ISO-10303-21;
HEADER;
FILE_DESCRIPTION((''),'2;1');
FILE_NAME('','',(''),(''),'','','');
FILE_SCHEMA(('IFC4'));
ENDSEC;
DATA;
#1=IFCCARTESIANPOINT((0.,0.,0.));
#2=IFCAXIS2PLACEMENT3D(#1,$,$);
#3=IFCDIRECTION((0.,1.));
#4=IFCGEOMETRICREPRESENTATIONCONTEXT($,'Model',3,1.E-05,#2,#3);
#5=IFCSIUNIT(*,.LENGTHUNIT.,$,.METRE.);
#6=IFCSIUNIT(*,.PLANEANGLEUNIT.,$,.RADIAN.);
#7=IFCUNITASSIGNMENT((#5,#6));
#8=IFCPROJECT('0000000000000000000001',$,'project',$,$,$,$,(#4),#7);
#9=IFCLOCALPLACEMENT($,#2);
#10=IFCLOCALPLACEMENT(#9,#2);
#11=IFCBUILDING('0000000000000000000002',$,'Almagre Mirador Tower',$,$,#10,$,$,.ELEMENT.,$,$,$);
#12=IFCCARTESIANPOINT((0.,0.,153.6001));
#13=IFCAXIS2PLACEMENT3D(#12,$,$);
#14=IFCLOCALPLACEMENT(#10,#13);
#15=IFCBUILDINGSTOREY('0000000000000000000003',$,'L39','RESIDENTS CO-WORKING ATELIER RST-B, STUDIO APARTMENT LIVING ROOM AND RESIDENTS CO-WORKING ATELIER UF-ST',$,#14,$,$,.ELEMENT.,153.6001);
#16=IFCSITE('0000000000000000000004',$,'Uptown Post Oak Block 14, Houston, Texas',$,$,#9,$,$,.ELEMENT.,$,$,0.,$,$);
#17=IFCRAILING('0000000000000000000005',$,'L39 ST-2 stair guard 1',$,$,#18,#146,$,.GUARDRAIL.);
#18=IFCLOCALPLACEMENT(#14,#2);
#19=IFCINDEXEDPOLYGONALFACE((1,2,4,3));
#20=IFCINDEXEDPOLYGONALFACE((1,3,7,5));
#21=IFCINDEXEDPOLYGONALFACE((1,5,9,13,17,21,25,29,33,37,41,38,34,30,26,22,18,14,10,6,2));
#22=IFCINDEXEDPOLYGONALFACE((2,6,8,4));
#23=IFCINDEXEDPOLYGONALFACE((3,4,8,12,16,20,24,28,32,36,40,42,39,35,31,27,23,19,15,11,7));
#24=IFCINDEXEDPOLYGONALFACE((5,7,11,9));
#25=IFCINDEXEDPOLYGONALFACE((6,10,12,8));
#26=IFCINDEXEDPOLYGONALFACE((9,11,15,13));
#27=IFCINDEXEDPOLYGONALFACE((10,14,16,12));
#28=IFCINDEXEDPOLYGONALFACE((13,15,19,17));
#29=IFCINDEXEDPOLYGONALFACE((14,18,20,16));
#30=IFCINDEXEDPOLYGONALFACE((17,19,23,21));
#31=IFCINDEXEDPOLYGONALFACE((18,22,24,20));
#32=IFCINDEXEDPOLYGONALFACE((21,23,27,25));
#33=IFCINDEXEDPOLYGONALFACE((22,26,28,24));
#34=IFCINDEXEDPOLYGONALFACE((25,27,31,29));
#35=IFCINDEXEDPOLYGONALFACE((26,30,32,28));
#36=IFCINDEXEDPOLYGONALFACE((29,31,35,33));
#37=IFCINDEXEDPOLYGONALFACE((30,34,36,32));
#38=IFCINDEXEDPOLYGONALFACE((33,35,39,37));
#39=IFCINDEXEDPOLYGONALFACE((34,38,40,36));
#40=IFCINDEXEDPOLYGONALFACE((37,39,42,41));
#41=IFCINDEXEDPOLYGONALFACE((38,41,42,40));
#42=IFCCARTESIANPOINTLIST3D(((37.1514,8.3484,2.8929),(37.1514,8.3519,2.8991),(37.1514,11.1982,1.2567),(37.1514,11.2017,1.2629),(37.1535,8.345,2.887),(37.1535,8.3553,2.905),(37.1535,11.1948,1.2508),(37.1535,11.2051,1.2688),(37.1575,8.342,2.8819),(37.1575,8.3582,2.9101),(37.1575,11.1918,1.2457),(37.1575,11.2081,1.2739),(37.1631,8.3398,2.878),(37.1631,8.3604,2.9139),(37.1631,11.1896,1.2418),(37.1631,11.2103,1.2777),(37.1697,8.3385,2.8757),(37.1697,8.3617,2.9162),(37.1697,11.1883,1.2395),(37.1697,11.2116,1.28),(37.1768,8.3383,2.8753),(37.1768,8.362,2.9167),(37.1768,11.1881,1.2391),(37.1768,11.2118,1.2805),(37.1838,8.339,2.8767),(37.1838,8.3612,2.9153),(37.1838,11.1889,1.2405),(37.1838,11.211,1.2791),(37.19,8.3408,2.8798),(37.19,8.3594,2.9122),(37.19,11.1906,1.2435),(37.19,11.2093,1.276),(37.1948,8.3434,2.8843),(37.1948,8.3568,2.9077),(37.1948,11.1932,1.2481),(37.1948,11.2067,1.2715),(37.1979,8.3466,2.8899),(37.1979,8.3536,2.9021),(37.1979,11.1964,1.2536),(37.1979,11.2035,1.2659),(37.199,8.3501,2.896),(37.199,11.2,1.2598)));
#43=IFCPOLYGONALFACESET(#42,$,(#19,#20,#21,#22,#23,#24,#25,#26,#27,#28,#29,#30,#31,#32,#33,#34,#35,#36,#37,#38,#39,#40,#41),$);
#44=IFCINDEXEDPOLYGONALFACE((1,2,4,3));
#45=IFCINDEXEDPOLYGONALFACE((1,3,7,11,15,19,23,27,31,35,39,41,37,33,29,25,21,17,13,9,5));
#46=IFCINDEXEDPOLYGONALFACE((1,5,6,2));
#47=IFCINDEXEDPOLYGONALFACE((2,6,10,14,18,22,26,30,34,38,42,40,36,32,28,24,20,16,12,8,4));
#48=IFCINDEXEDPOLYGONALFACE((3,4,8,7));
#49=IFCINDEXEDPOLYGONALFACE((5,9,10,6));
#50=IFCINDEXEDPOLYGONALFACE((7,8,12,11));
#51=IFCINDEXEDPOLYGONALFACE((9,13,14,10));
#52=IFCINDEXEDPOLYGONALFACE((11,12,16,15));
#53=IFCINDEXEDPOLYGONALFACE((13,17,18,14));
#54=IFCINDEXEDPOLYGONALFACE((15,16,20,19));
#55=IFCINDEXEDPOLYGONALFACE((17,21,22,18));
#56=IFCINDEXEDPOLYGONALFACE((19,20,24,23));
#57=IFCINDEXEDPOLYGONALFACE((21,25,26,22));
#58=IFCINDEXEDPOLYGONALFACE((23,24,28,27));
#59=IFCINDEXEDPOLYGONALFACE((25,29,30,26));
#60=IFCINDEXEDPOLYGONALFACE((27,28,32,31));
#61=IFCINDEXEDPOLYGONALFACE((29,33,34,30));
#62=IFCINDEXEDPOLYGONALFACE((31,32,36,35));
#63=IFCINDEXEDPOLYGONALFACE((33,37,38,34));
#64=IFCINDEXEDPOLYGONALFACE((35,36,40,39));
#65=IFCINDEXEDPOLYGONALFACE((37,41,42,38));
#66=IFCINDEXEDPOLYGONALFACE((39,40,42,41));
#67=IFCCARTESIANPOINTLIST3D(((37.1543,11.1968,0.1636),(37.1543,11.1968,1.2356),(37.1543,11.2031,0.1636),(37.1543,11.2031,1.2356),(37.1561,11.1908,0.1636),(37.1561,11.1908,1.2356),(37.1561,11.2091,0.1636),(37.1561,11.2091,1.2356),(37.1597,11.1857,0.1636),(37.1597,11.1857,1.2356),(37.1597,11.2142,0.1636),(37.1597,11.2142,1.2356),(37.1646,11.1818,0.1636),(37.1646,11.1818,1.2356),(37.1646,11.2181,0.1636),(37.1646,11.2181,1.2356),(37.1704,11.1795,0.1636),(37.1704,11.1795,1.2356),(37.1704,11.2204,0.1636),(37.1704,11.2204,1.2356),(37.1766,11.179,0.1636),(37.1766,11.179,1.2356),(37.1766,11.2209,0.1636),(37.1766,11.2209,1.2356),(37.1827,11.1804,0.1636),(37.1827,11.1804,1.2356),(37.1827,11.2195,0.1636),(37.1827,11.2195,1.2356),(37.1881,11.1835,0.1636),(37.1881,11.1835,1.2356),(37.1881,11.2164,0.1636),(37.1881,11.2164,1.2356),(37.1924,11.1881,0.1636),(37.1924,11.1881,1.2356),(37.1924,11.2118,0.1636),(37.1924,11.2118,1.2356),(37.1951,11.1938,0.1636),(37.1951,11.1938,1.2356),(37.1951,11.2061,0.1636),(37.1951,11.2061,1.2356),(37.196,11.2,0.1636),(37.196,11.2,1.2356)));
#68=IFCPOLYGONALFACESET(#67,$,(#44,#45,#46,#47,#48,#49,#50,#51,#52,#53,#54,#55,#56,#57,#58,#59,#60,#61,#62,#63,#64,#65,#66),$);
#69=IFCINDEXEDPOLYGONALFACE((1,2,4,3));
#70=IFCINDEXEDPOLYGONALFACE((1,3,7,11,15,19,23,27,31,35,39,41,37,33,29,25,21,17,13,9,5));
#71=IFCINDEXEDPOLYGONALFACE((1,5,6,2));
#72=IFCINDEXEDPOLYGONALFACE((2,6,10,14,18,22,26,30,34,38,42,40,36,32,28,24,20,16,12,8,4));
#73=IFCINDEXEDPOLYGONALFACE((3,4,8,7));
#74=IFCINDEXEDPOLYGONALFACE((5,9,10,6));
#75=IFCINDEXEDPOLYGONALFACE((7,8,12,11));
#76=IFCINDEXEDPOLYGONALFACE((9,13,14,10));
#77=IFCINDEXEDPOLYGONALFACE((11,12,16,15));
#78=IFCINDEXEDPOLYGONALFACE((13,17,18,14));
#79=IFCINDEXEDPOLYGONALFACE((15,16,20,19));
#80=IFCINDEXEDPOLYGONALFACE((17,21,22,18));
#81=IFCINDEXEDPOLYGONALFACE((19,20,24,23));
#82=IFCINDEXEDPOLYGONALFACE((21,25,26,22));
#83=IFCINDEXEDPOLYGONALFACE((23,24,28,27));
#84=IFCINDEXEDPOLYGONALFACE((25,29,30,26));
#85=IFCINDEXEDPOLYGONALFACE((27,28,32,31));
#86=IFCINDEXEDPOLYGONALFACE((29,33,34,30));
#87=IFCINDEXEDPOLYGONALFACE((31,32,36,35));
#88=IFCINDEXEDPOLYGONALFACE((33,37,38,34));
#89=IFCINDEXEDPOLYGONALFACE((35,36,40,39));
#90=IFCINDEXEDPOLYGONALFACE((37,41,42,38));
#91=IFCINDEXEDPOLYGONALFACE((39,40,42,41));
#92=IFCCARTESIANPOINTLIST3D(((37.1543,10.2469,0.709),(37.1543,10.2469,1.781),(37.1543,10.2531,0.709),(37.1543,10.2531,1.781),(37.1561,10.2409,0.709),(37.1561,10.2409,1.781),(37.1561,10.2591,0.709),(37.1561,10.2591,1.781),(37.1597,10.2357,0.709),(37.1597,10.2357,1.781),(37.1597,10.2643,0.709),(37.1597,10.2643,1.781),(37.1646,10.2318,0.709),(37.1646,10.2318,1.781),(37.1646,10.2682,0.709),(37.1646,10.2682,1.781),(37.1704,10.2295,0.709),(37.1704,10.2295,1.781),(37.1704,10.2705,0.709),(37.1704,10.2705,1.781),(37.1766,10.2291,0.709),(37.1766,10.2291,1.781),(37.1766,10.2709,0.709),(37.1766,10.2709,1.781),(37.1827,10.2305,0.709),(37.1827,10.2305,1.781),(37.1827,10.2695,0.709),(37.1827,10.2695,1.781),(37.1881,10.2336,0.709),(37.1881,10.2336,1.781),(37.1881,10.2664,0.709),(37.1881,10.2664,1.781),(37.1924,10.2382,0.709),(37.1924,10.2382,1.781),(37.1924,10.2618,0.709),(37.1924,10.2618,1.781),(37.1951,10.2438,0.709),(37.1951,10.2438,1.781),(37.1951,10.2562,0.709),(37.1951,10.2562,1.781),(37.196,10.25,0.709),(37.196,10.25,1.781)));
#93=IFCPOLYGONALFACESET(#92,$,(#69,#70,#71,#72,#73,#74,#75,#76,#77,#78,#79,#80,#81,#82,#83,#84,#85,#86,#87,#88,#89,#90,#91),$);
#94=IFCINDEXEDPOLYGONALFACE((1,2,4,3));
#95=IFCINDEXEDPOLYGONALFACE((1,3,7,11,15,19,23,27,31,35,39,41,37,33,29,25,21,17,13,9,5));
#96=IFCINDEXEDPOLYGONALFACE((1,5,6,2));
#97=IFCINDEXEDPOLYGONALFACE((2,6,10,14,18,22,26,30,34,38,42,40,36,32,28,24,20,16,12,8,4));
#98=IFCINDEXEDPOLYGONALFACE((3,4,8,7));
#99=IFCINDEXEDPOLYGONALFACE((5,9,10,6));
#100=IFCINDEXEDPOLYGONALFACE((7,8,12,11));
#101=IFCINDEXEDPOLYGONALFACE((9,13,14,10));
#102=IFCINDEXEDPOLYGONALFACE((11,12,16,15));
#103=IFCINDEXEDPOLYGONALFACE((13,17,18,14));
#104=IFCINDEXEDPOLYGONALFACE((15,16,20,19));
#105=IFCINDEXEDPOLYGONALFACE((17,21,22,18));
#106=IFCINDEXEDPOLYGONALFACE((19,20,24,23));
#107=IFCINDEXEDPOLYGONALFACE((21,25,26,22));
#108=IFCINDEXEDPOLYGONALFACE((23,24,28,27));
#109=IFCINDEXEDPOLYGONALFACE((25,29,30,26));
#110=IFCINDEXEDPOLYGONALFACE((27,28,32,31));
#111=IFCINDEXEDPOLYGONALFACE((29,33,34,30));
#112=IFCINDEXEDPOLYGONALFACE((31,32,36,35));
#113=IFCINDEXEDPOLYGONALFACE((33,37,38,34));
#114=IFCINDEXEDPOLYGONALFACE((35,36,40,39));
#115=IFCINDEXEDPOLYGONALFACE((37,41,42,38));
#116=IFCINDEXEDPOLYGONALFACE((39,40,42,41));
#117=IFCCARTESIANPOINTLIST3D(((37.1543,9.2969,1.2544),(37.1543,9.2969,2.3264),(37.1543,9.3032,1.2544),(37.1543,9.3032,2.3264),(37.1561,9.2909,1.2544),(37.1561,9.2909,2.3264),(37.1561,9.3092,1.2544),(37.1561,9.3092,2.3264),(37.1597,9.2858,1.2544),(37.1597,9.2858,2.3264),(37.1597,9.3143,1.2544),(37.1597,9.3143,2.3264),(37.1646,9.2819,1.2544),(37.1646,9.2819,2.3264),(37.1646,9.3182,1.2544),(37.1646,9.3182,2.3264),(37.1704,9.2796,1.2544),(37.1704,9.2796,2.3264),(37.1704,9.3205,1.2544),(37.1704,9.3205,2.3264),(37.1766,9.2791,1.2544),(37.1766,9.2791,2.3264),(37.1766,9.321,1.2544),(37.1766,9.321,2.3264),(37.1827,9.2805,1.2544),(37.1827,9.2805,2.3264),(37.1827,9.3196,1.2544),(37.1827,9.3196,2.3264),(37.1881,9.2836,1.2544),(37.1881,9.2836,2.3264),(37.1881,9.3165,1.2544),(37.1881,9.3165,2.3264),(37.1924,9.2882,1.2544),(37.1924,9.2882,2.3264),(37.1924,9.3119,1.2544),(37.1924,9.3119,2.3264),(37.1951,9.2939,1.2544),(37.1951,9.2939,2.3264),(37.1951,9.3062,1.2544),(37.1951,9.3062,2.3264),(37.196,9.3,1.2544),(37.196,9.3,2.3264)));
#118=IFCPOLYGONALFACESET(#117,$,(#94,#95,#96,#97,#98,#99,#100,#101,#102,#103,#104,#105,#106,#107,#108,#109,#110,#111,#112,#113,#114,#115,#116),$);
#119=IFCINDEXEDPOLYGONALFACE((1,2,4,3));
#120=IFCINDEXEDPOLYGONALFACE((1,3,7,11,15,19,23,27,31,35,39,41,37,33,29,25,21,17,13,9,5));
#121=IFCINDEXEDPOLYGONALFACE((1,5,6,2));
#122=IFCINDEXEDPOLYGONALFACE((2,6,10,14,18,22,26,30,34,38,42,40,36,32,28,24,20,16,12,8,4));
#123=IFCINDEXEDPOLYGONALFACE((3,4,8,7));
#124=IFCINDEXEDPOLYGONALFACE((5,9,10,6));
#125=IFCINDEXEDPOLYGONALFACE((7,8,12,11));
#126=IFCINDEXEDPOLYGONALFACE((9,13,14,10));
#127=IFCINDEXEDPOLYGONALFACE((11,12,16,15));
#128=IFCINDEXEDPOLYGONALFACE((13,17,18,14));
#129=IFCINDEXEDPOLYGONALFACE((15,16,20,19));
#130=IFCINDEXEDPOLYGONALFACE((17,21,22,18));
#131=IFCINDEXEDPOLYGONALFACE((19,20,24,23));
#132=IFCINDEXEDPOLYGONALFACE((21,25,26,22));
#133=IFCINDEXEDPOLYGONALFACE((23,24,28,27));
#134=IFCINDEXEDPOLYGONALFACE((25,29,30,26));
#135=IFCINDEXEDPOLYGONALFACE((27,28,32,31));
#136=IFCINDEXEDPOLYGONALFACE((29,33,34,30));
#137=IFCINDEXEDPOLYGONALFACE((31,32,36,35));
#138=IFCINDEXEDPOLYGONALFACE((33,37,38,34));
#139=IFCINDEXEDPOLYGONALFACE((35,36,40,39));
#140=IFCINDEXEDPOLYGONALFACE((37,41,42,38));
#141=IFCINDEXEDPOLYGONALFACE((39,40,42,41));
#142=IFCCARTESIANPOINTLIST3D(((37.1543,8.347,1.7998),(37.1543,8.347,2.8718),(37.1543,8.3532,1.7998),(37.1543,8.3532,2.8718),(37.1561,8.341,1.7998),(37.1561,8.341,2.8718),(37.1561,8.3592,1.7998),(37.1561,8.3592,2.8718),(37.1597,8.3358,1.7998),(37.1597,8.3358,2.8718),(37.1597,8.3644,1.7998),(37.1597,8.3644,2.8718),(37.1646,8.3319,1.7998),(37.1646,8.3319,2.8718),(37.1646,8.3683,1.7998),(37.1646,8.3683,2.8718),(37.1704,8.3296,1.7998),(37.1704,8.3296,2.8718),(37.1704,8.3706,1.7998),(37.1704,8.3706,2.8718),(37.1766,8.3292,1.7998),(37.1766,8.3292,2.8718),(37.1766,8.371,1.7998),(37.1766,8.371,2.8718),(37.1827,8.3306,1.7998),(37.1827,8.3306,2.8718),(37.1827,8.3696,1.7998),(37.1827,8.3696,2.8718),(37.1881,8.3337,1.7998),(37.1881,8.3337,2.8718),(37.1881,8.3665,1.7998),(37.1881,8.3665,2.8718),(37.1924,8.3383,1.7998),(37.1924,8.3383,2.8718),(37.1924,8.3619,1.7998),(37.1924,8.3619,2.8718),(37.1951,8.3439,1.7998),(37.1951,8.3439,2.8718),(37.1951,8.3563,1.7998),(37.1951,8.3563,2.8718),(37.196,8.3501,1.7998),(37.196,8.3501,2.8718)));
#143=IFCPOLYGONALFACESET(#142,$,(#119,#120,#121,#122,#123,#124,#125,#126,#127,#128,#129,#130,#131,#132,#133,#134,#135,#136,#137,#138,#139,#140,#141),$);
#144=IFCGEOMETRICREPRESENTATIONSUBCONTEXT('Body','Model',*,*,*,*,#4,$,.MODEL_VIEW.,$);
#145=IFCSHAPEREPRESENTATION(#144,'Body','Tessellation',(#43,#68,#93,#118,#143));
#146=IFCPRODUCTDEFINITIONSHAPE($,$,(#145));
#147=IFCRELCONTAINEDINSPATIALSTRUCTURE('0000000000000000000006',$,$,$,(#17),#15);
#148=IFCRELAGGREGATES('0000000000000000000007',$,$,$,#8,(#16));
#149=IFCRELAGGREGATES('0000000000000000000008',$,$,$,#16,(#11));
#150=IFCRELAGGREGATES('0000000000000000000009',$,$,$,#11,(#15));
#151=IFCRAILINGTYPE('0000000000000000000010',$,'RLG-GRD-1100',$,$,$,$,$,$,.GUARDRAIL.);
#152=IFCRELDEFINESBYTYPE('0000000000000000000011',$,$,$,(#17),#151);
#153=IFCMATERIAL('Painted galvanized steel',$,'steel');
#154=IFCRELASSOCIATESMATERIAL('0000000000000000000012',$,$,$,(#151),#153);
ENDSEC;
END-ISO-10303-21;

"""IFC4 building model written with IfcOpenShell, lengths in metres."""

from ifc_helpers import new_model, si_unit, direction, frame, origin, origin_2d, place, context, subcontext, project, spatial, circle, extrude, material, type_object, element, save


model = new_model("IFC4")

# Units and contexts
model_context = context("Model", 3, precision=1e-05, world=origin(), true_north=direction((0.0, 1.0)))
body_context = subcontext(model_context, "Body", "Model", "MODEL_VIEW")
ifc_project = project(units=[si_unit("LENGTHUNIT", "METRE"), si_unit("PLANEANGLEUNIT", "RADIAN")], contexts=[model_context])

# Site, building, storey
site_placement = place(None, origin())
site = spatial("IfcSite", under=ifc_project, at=site_placement, Name="Uptown Post Oak Block 14, Houston, Texas", CompositionType="ELEMENT", RefElevation=0.0)
building_placement = place(site_placement, origin())
building = spatial("IfcBuilding", under=site, at=building_placement, Name="Almagre Mirador Tower", CompositionType="ELEMENT")
storey_placement = place(building_placement, frame((0.0, 0.0, 153.6001)))
storey = spatial("IfcBuildingStorey", under=building, at=storey_placement, Name="L39", Description="RESIDENTS CO-WORKING ATELIER RST-B, STUDIO APARTMENT LIVING ROOM AND RESIDENTS CO-WORKING ATELIER UF-ST", CompositionType="ELEMENT", Elevation=153.6001)

# Railing
ifc_material_1 = material(Name="Painted galvanized steel", Category="steel")
railing_type_1 = type_object("IfcRailingType", Name="RLG-GRD-1100", PredefinedType="GUARDRAIL", material=ifc_material_1)
railing_1_placement = place(storey_placement, frame((37.175, 11.2, 0.1636)))
element("IfcRailing", 1, at=railing_1_placement, inside=storey, type_object=railing_type_1, Name="L39 ST-2 stair guard 1", PredefinedType="GUARDRAIL", context=body_context, shape_type="SweptSolid", body=[
    extrude(circle(Radius=0.0239, at=origin_2d()), frame((0.0, 0.0, 1.0962), z_axis=(0.0, -0.867226, 0.497914), x_axis=(1.0, 0.0, 0.0)), (0.0, 0.0, 1.0), 3.2861),
    extrude(circle(Radius=0.021, at=origin_2d()), origin(), (0.0, 0.0, 1.0), 1.072),
    extrude(circle(Radius=0.021, at=origin_2d()), frame((0.0, -0.95, 0.5454)), (0.0, 0.0, 1.0), 1.072),
    extrude(circle(Radius=0.021, at=origin_2d()), frame((0.0, -1.8999, 1.0908)), (0.0, 0.0, 1.0), 1.072),
    extrude(circle(Radius=0.021, at=origin_2d()), frame((0.0, -2.8499, 1.6362)), (0.0, 0.0, 1.0), 1.072),
])

save(model, "model.ifc")
